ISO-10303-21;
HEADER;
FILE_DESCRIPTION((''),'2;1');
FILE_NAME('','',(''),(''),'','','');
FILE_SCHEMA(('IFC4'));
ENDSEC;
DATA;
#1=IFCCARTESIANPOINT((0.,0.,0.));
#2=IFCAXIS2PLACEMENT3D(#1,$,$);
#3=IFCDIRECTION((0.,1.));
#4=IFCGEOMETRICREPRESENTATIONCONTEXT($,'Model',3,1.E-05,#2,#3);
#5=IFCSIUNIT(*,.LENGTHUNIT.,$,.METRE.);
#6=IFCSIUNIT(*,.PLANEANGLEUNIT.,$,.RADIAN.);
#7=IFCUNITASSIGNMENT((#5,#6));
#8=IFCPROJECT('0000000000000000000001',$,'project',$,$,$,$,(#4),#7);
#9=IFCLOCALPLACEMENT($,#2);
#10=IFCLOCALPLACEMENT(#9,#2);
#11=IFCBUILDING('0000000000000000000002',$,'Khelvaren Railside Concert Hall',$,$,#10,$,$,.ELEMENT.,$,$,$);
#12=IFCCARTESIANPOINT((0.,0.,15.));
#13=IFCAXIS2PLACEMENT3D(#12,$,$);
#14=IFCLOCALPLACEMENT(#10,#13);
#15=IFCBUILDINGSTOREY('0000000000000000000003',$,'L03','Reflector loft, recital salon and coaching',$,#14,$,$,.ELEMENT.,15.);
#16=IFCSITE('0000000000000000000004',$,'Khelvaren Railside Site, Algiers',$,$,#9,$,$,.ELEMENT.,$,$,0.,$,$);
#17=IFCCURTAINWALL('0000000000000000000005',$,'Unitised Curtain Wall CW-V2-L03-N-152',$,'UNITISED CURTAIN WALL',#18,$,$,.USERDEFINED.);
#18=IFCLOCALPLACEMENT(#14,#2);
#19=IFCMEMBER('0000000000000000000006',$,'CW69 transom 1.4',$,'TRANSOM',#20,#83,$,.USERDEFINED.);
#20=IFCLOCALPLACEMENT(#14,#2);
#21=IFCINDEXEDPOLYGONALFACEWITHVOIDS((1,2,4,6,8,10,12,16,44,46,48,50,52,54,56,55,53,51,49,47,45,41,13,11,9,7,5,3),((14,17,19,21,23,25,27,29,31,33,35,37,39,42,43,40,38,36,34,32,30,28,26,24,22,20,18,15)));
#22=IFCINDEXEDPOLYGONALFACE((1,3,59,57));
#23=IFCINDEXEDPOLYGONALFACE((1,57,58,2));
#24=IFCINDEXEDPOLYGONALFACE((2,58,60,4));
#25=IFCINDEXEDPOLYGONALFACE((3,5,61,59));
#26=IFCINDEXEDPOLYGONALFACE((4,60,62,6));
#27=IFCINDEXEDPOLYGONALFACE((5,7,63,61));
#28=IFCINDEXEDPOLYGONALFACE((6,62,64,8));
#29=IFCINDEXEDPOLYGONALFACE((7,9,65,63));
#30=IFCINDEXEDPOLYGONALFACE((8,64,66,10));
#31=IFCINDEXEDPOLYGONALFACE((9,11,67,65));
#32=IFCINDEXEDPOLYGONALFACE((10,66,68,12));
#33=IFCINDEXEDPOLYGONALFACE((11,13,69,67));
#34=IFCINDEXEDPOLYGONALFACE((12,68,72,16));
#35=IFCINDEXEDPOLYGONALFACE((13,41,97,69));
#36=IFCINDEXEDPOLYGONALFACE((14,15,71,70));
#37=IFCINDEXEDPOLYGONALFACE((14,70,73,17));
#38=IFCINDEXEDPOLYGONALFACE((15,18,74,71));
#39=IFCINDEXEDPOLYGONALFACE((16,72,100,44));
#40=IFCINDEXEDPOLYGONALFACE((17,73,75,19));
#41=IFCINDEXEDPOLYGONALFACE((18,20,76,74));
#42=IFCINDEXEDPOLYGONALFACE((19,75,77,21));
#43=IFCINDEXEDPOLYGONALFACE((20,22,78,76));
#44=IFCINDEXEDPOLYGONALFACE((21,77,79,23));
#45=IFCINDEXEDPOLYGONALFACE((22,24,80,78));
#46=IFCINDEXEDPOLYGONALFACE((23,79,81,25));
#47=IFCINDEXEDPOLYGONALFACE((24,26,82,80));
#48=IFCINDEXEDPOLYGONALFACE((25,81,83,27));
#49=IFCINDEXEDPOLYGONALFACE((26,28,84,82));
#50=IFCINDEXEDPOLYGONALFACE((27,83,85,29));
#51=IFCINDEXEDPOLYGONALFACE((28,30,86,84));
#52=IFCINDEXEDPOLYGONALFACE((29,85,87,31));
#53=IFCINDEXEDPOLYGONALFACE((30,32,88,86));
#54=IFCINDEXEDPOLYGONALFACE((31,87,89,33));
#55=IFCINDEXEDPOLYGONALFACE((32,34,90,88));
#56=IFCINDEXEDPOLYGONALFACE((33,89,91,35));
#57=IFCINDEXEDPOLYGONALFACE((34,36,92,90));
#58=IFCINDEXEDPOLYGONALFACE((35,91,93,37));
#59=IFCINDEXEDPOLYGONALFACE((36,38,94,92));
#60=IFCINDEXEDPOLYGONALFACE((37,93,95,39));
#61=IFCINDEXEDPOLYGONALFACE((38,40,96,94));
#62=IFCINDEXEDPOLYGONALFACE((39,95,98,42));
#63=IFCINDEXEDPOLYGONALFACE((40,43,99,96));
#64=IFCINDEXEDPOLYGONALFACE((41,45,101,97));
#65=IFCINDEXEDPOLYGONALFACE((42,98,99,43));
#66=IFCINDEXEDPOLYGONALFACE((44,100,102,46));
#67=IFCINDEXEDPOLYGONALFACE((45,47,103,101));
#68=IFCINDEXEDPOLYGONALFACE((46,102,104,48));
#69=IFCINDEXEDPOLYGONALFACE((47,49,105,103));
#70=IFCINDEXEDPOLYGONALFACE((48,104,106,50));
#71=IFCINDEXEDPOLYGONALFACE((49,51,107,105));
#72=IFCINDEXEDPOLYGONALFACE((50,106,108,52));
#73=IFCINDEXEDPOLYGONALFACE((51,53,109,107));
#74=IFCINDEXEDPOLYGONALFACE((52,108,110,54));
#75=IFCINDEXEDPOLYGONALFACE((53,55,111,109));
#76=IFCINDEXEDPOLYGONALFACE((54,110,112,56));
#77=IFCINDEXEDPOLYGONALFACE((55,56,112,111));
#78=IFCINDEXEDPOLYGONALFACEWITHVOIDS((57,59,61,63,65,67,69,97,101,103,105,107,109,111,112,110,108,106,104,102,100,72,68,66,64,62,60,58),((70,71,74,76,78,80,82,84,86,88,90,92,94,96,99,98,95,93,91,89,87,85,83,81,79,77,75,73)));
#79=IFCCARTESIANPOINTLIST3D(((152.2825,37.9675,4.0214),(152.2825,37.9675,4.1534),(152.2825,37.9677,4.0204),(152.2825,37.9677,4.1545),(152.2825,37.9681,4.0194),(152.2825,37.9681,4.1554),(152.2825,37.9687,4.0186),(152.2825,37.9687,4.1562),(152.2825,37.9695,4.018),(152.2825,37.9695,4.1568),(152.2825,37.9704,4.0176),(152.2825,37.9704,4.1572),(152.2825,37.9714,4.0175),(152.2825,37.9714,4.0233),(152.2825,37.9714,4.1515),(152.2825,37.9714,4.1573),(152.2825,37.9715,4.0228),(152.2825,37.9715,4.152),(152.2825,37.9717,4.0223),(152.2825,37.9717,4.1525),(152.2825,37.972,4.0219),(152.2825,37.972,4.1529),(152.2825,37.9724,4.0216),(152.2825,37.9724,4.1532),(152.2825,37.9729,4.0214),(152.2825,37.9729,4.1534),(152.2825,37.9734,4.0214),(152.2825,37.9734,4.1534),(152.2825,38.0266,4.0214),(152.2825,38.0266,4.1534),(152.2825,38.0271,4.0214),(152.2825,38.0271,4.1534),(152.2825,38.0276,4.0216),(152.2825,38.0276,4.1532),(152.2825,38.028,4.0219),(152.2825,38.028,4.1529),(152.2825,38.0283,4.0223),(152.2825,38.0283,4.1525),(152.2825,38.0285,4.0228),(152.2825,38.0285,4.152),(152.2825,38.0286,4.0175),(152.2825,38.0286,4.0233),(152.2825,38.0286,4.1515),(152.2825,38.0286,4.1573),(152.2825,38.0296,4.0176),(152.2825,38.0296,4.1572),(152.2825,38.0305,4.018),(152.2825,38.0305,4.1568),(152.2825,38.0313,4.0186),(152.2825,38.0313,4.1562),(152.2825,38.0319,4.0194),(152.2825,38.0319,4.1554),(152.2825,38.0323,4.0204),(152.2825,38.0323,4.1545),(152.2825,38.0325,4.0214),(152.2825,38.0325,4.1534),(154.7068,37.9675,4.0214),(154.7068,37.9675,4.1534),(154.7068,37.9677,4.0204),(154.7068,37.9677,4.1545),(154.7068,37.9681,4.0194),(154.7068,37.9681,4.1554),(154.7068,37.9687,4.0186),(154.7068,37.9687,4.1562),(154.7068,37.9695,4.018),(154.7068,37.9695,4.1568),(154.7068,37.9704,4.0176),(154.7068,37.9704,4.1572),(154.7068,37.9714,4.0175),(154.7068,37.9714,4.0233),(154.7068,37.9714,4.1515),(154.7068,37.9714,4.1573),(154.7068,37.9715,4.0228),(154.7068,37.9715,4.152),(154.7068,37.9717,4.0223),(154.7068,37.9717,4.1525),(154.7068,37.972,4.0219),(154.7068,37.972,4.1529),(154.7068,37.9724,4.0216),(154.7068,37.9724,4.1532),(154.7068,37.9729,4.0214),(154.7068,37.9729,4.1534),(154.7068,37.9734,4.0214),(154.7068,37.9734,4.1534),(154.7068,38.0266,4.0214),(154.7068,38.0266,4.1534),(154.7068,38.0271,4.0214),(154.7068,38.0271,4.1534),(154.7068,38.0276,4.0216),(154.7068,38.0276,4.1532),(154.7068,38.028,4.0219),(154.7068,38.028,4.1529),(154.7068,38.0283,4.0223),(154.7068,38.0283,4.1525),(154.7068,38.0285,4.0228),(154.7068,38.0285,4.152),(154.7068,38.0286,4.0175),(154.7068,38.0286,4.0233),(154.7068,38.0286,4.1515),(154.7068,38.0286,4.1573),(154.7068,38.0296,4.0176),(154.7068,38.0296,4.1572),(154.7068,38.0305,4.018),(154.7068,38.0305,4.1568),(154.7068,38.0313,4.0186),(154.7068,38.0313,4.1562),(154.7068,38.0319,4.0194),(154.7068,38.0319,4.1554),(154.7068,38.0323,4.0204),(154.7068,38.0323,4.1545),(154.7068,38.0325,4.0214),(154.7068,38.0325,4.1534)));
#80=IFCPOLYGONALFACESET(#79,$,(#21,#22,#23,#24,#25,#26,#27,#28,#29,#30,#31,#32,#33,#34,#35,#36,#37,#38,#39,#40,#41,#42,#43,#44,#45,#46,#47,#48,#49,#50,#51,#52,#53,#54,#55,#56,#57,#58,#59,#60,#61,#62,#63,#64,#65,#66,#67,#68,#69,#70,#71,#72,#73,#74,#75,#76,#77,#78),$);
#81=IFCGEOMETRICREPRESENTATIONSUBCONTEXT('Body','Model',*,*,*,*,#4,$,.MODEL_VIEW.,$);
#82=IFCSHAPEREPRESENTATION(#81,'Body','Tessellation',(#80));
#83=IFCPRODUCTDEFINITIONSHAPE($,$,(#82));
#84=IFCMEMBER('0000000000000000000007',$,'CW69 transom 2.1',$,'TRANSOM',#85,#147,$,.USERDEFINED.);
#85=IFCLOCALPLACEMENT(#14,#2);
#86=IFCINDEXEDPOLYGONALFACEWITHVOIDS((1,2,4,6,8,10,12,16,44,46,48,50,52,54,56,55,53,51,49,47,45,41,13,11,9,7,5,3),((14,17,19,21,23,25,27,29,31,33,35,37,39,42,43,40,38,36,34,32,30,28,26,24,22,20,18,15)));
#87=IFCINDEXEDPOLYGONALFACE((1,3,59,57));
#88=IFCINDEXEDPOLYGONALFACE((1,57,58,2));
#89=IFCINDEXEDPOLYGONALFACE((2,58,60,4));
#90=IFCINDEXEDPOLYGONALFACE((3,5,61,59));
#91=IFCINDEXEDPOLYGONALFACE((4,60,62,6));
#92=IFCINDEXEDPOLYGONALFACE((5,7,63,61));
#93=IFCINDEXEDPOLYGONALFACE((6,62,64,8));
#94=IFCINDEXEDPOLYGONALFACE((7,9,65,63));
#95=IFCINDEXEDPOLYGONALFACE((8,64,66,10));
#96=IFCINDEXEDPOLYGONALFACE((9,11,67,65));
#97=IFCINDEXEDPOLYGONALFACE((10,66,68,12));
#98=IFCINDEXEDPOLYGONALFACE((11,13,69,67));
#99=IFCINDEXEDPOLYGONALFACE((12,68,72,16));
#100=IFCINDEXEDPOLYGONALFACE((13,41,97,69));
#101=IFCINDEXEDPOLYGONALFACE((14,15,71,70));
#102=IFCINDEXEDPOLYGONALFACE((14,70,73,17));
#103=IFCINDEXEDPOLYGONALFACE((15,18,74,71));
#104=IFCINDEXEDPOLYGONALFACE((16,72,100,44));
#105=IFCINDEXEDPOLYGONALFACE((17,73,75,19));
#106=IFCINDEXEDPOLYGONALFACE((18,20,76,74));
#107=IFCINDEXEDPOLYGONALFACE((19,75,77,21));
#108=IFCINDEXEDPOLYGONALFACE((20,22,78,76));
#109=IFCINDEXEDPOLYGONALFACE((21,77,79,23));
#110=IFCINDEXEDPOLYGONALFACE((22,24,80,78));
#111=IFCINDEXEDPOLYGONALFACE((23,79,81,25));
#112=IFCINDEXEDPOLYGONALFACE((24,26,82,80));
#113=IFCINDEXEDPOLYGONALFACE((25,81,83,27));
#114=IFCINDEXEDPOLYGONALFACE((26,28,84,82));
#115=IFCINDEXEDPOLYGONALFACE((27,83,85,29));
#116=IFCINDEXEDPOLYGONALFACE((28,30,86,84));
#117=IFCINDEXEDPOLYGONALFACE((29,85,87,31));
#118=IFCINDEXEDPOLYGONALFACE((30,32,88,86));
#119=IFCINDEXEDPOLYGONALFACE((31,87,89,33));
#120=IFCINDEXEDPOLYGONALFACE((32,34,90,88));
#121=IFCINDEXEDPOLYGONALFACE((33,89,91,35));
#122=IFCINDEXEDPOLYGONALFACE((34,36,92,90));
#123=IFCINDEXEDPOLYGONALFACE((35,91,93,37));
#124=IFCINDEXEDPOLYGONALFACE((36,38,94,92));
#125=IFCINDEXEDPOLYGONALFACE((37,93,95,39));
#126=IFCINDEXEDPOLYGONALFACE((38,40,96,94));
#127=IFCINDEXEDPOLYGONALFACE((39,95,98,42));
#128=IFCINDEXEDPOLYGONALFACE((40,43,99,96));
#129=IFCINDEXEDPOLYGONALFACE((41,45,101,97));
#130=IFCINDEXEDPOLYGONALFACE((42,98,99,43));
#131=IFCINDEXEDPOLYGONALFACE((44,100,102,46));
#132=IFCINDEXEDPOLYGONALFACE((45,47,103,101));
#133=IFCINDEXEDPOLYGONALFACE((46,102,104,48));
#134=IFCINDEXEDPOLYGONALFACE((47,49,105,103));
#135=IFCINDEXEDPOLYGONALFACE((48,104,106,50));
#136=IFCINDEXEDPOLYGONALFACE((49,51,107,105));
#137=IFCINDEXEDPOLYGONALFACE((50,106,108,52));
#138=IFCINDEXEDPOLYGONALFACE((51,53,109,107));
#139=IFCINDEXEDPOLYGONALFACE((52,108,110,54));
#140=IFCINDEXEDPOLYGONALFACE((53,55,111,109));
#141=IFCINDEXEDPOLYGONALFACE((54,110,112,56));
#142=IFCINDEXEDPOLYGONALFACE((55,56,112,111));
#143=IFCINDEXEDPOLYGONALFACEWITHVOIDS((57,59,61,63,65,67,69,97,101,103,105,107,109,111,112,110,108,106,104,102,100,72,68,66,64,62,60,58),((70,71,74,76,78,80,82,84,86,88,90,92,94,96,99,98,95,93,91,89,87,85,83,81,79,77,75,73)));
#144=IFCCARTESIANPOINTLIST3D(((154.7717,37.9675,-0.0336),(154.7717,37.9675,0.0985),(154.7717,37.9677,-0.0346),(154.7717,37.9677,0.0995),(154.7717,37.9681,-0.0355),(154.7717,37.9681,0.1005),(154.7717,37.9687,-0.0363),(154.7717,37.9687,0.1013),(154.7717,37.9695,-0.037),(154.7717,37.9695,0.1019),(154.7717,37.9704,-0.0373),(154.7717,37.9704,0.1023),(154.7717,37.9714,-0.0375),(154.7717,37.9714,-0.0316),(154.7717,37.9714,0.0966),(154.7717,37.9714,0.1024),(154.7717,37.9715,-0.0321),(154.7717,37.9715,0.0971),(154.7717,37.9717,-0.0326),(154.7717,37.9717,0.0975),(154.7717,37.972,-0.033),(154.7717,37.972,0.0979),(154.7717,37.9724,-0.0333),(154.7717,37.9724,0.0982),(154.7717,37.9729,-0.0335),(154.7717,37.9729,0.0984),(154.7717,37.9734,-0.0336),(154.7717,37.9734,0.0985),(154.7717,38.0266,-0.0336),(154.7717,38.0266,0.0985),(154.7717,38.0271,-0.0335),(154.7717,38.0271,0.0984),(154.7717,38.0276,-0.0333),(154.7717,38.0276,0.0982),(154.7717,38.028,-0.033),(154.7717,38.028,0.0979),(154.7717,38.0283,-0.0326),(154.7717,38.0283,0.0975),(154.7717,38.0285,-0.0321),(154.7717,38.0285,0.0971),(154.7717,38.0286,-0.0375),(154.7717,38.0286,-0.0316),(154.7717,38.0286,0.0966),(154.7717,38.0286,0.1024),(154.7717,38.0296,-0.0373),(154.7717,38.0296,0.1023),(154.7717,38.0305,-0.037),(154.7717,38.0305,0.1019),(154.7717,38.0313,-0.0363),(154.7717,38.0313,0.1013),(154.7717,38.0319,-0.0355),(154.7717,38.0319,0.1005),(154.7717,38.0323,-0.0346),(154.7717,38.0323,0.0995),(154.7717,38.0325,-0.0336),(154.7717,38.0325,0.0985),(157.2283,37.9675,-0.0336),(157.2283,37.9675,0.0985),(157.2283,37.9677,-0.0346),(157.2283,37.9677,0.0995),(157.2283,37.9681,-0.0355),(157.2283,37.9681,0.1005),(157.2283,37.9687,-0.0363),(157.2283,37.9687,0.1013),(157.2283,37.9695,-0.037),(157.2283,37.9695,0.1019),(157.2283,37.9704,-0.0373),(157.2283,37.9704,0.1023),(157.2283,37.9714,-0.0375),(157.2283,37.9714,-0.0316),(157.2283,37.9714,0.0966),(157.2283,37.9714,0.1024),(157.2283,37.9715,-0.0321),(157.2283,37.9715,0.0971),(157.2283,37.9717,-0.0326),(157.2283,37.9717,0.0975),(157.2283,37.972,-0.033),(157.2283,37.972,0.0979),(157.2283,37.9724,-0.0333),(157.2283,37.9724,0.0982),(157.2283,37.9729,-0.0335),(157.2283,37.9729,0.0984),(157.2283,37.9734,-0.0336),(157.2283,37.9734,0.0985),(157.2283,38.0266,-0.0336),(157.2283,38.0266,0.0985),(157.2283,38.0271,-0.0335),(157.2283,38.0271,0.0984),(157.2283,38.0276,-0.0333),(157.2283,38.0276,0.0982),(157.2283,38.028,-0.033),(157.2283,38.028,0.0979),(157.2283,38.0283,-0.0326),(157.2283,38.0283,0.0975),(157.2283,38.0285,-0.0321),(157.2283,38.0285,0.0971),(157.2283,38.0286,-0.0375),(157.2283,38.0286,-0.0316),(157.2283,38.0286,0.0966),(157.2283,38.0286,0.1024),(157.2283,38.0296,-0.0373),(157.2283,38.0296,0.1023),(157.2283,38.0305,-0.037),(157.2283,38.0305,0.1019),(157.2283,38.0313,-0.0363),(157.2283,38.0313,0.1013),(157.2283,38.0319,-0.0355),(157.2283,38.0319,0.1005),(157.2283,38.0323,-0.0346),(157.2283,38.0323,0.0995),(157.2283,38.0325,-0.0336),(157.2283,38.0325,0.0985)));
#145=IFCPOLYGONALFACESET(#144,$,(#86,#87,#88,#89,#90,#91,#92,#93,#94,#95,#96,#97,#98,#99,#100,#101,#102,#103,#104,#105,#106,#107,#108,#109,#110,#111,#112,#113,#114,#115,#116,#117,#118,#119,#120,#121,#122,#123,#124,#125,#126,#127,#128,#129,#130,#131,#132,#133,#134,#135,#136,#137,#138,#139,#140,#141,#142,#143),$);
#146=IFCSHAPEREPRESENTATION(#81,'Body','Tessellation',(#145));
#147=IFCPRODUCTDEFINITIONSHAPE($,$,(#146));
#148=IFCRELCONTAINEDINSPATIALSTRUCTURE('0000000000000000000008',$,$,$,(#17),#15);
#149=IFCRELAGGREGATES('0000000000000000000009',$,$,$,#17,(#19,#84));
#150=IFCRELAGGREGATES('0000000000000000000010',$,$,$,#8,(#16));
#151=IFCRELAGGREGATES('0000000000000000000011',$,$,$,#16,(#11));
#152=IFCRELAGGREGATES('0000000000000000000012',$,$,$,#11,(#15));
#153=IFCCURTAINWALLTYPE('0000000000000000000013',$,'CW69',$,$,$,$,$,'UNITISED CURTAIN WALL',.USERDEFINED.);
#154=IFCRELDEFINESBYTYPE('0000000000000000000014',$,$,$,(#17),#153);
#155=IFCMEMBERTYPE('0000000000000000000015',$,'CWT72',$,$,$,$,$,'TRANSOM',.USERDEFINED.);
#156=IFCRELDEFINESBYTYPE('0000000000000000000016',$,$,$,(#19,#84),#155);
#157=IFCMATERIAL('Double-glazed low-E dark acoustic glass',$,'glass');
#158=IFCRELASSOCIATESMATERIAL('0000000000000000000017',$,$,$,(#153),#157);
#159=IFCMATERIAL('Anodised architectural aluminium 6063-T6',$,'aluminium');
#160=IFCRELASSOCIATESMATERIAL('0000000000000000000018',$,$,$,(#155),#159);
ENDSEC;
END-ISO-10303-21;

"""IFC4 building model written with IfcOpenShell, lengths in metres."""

from ifc_helpers import new_model, si_unit, direction, frame, origin, origin_2d, place, context, subcontext, project, spatial, hollow_rectangle, extrude, material, material_profile, profile_set, type_object, element, aggregate, save


model = new_model("IFC4")

# Units and contexts
model_context = context("Model", 3, precision=1e-05, world=origin(), true_north=direction((0.0, 1.0)))
body_context = subcontext(model_context, "Body", "Model", "MODEL_VIEW")
ifc_project = project(units=[si_unit("LENGTHUNIT", "METRE"), si_unit("PLANEANGLEUNIT", "RADIAN")], contexts=[model_context])

# Site, building, storey
site_placement = place(None, origin())
site = spatial("IfcSite", under=ifc_project, at=site_placement, Name="Khelvaren Railside Site, Algiers", CompositionType="ELEMENT", RefElevation=0.0)
building_placement = place(site_placement, origin())
building = spatial("IfcBuilding", under=site, at=building_placement, Name="Khelvaren Railside Concert Hall", CompositionType="ELEMENT")
storey_placement = place(building_placement, frame((0.0, 0.0, 15.0)))
storey = spatial("IfcBuildingStorey", under=building, at=storey_placement, Name="L03", Description="Reflector loft, recital salon and coaching", CompositionType="ELEMENT", Elevation=15.0)

# Curtain wall
ifc_material_1 = material(Name="Double-glazed low-E dark acoustic glass", Category="glass")
ifc_material_2 = material(Name="Anodised architectural aluminium 6063-T6", Category="aluminium")
curtain_wall_type_1 = type_object("IfcCurtainWallType", Name="CW69", ElementType="UNITISED CURTAIN WALL", PredefinedType="USERDEFINED", material=ifc_material_1)
curtain_wall_1_placement = place(storey_placement, origin())
curtain_wall_1 = element("IfcCurtainWall", 1, at=curtain_wall_1_placement, inside=storey, type_object=curtain_wall_type_1, Name="Unitised Curtain Wall CW-V2-L03-N-152", ObjectType="UNITISED CURTAIN WALL", PredefinedType="USERDEFINED")

# Members
ifc_material_profile_1 = material_profile(ifc_material_2, hollow_rectangle(XDim=0.0649, YDim=0.1399, WallThickness=0.0039, InnerFilletRadius=0.002, OuterFilletRadius=0.0039, at=origin_2d()), Name="CWT 65x140x4")
ifc_profile_set_1 = profile_set([ifc_material_profile_1], Name="Anodised architectural aluminium 6063-T6")
member_type_1 = type_object("IfcMemberType", Name="CWT72", ElementType="TRANSOM", PredefinedType="USERDEFINED", material=ifc_profile_set_1)
member_1_placement = place(storey_placement, frame((152.2825, 38.0, 4.0874), z_axis=(1.0, 0.0, 0.0), x_axis=(0.0, 1.0, 0.0)))
member_1 = element("IfcMember", 2, at=member_1_placement, type_object=member_type_1, Name="CW69 transom 1.4", ObjectType="TRANSOM", PredefinedType="USERDEFINED", context=body_context, shape_type="SweptSolid", body=[
    extrude(hollow_rectangle(XDim=0.0649, YDim=0.1399, WallThickness=0.0039, InnerFilletRadius=0.002, OuterFilletRadius=0.0039, at=origin_2d()), origin(), (0.0, 0.0, 1.0), 2.4243),
])
member_2_placement = place(storey_placement, frame((154.7717, 38.0, 0.0325), z_axis=(1.0, 0.0, 0.0), x_axis=(0.0, 1.0, 0.0)))
member_2 = element("IfcMember", 3, at=member_2_placement, type_object=member_type_1, Name="CW69 transom 2.1", ObjectType="TRANSOM", PredefinedType="USERDEFINED", context=body_context, shape_type="SweptSolid", body=[
    extrude(hollow_rectangle(XDim=0.0649, YDim=0.1399, WallThickness=0.0039, InnerFilletRadius=0.002, OuterFilletRadius=0.0039, at=origin_2d()), origin(), (0.0, 0.0, 1.0), 2.4565),
])

aggregate(curtain_wall_1, [member_1, member_2])

save(model, "model.ifc")
